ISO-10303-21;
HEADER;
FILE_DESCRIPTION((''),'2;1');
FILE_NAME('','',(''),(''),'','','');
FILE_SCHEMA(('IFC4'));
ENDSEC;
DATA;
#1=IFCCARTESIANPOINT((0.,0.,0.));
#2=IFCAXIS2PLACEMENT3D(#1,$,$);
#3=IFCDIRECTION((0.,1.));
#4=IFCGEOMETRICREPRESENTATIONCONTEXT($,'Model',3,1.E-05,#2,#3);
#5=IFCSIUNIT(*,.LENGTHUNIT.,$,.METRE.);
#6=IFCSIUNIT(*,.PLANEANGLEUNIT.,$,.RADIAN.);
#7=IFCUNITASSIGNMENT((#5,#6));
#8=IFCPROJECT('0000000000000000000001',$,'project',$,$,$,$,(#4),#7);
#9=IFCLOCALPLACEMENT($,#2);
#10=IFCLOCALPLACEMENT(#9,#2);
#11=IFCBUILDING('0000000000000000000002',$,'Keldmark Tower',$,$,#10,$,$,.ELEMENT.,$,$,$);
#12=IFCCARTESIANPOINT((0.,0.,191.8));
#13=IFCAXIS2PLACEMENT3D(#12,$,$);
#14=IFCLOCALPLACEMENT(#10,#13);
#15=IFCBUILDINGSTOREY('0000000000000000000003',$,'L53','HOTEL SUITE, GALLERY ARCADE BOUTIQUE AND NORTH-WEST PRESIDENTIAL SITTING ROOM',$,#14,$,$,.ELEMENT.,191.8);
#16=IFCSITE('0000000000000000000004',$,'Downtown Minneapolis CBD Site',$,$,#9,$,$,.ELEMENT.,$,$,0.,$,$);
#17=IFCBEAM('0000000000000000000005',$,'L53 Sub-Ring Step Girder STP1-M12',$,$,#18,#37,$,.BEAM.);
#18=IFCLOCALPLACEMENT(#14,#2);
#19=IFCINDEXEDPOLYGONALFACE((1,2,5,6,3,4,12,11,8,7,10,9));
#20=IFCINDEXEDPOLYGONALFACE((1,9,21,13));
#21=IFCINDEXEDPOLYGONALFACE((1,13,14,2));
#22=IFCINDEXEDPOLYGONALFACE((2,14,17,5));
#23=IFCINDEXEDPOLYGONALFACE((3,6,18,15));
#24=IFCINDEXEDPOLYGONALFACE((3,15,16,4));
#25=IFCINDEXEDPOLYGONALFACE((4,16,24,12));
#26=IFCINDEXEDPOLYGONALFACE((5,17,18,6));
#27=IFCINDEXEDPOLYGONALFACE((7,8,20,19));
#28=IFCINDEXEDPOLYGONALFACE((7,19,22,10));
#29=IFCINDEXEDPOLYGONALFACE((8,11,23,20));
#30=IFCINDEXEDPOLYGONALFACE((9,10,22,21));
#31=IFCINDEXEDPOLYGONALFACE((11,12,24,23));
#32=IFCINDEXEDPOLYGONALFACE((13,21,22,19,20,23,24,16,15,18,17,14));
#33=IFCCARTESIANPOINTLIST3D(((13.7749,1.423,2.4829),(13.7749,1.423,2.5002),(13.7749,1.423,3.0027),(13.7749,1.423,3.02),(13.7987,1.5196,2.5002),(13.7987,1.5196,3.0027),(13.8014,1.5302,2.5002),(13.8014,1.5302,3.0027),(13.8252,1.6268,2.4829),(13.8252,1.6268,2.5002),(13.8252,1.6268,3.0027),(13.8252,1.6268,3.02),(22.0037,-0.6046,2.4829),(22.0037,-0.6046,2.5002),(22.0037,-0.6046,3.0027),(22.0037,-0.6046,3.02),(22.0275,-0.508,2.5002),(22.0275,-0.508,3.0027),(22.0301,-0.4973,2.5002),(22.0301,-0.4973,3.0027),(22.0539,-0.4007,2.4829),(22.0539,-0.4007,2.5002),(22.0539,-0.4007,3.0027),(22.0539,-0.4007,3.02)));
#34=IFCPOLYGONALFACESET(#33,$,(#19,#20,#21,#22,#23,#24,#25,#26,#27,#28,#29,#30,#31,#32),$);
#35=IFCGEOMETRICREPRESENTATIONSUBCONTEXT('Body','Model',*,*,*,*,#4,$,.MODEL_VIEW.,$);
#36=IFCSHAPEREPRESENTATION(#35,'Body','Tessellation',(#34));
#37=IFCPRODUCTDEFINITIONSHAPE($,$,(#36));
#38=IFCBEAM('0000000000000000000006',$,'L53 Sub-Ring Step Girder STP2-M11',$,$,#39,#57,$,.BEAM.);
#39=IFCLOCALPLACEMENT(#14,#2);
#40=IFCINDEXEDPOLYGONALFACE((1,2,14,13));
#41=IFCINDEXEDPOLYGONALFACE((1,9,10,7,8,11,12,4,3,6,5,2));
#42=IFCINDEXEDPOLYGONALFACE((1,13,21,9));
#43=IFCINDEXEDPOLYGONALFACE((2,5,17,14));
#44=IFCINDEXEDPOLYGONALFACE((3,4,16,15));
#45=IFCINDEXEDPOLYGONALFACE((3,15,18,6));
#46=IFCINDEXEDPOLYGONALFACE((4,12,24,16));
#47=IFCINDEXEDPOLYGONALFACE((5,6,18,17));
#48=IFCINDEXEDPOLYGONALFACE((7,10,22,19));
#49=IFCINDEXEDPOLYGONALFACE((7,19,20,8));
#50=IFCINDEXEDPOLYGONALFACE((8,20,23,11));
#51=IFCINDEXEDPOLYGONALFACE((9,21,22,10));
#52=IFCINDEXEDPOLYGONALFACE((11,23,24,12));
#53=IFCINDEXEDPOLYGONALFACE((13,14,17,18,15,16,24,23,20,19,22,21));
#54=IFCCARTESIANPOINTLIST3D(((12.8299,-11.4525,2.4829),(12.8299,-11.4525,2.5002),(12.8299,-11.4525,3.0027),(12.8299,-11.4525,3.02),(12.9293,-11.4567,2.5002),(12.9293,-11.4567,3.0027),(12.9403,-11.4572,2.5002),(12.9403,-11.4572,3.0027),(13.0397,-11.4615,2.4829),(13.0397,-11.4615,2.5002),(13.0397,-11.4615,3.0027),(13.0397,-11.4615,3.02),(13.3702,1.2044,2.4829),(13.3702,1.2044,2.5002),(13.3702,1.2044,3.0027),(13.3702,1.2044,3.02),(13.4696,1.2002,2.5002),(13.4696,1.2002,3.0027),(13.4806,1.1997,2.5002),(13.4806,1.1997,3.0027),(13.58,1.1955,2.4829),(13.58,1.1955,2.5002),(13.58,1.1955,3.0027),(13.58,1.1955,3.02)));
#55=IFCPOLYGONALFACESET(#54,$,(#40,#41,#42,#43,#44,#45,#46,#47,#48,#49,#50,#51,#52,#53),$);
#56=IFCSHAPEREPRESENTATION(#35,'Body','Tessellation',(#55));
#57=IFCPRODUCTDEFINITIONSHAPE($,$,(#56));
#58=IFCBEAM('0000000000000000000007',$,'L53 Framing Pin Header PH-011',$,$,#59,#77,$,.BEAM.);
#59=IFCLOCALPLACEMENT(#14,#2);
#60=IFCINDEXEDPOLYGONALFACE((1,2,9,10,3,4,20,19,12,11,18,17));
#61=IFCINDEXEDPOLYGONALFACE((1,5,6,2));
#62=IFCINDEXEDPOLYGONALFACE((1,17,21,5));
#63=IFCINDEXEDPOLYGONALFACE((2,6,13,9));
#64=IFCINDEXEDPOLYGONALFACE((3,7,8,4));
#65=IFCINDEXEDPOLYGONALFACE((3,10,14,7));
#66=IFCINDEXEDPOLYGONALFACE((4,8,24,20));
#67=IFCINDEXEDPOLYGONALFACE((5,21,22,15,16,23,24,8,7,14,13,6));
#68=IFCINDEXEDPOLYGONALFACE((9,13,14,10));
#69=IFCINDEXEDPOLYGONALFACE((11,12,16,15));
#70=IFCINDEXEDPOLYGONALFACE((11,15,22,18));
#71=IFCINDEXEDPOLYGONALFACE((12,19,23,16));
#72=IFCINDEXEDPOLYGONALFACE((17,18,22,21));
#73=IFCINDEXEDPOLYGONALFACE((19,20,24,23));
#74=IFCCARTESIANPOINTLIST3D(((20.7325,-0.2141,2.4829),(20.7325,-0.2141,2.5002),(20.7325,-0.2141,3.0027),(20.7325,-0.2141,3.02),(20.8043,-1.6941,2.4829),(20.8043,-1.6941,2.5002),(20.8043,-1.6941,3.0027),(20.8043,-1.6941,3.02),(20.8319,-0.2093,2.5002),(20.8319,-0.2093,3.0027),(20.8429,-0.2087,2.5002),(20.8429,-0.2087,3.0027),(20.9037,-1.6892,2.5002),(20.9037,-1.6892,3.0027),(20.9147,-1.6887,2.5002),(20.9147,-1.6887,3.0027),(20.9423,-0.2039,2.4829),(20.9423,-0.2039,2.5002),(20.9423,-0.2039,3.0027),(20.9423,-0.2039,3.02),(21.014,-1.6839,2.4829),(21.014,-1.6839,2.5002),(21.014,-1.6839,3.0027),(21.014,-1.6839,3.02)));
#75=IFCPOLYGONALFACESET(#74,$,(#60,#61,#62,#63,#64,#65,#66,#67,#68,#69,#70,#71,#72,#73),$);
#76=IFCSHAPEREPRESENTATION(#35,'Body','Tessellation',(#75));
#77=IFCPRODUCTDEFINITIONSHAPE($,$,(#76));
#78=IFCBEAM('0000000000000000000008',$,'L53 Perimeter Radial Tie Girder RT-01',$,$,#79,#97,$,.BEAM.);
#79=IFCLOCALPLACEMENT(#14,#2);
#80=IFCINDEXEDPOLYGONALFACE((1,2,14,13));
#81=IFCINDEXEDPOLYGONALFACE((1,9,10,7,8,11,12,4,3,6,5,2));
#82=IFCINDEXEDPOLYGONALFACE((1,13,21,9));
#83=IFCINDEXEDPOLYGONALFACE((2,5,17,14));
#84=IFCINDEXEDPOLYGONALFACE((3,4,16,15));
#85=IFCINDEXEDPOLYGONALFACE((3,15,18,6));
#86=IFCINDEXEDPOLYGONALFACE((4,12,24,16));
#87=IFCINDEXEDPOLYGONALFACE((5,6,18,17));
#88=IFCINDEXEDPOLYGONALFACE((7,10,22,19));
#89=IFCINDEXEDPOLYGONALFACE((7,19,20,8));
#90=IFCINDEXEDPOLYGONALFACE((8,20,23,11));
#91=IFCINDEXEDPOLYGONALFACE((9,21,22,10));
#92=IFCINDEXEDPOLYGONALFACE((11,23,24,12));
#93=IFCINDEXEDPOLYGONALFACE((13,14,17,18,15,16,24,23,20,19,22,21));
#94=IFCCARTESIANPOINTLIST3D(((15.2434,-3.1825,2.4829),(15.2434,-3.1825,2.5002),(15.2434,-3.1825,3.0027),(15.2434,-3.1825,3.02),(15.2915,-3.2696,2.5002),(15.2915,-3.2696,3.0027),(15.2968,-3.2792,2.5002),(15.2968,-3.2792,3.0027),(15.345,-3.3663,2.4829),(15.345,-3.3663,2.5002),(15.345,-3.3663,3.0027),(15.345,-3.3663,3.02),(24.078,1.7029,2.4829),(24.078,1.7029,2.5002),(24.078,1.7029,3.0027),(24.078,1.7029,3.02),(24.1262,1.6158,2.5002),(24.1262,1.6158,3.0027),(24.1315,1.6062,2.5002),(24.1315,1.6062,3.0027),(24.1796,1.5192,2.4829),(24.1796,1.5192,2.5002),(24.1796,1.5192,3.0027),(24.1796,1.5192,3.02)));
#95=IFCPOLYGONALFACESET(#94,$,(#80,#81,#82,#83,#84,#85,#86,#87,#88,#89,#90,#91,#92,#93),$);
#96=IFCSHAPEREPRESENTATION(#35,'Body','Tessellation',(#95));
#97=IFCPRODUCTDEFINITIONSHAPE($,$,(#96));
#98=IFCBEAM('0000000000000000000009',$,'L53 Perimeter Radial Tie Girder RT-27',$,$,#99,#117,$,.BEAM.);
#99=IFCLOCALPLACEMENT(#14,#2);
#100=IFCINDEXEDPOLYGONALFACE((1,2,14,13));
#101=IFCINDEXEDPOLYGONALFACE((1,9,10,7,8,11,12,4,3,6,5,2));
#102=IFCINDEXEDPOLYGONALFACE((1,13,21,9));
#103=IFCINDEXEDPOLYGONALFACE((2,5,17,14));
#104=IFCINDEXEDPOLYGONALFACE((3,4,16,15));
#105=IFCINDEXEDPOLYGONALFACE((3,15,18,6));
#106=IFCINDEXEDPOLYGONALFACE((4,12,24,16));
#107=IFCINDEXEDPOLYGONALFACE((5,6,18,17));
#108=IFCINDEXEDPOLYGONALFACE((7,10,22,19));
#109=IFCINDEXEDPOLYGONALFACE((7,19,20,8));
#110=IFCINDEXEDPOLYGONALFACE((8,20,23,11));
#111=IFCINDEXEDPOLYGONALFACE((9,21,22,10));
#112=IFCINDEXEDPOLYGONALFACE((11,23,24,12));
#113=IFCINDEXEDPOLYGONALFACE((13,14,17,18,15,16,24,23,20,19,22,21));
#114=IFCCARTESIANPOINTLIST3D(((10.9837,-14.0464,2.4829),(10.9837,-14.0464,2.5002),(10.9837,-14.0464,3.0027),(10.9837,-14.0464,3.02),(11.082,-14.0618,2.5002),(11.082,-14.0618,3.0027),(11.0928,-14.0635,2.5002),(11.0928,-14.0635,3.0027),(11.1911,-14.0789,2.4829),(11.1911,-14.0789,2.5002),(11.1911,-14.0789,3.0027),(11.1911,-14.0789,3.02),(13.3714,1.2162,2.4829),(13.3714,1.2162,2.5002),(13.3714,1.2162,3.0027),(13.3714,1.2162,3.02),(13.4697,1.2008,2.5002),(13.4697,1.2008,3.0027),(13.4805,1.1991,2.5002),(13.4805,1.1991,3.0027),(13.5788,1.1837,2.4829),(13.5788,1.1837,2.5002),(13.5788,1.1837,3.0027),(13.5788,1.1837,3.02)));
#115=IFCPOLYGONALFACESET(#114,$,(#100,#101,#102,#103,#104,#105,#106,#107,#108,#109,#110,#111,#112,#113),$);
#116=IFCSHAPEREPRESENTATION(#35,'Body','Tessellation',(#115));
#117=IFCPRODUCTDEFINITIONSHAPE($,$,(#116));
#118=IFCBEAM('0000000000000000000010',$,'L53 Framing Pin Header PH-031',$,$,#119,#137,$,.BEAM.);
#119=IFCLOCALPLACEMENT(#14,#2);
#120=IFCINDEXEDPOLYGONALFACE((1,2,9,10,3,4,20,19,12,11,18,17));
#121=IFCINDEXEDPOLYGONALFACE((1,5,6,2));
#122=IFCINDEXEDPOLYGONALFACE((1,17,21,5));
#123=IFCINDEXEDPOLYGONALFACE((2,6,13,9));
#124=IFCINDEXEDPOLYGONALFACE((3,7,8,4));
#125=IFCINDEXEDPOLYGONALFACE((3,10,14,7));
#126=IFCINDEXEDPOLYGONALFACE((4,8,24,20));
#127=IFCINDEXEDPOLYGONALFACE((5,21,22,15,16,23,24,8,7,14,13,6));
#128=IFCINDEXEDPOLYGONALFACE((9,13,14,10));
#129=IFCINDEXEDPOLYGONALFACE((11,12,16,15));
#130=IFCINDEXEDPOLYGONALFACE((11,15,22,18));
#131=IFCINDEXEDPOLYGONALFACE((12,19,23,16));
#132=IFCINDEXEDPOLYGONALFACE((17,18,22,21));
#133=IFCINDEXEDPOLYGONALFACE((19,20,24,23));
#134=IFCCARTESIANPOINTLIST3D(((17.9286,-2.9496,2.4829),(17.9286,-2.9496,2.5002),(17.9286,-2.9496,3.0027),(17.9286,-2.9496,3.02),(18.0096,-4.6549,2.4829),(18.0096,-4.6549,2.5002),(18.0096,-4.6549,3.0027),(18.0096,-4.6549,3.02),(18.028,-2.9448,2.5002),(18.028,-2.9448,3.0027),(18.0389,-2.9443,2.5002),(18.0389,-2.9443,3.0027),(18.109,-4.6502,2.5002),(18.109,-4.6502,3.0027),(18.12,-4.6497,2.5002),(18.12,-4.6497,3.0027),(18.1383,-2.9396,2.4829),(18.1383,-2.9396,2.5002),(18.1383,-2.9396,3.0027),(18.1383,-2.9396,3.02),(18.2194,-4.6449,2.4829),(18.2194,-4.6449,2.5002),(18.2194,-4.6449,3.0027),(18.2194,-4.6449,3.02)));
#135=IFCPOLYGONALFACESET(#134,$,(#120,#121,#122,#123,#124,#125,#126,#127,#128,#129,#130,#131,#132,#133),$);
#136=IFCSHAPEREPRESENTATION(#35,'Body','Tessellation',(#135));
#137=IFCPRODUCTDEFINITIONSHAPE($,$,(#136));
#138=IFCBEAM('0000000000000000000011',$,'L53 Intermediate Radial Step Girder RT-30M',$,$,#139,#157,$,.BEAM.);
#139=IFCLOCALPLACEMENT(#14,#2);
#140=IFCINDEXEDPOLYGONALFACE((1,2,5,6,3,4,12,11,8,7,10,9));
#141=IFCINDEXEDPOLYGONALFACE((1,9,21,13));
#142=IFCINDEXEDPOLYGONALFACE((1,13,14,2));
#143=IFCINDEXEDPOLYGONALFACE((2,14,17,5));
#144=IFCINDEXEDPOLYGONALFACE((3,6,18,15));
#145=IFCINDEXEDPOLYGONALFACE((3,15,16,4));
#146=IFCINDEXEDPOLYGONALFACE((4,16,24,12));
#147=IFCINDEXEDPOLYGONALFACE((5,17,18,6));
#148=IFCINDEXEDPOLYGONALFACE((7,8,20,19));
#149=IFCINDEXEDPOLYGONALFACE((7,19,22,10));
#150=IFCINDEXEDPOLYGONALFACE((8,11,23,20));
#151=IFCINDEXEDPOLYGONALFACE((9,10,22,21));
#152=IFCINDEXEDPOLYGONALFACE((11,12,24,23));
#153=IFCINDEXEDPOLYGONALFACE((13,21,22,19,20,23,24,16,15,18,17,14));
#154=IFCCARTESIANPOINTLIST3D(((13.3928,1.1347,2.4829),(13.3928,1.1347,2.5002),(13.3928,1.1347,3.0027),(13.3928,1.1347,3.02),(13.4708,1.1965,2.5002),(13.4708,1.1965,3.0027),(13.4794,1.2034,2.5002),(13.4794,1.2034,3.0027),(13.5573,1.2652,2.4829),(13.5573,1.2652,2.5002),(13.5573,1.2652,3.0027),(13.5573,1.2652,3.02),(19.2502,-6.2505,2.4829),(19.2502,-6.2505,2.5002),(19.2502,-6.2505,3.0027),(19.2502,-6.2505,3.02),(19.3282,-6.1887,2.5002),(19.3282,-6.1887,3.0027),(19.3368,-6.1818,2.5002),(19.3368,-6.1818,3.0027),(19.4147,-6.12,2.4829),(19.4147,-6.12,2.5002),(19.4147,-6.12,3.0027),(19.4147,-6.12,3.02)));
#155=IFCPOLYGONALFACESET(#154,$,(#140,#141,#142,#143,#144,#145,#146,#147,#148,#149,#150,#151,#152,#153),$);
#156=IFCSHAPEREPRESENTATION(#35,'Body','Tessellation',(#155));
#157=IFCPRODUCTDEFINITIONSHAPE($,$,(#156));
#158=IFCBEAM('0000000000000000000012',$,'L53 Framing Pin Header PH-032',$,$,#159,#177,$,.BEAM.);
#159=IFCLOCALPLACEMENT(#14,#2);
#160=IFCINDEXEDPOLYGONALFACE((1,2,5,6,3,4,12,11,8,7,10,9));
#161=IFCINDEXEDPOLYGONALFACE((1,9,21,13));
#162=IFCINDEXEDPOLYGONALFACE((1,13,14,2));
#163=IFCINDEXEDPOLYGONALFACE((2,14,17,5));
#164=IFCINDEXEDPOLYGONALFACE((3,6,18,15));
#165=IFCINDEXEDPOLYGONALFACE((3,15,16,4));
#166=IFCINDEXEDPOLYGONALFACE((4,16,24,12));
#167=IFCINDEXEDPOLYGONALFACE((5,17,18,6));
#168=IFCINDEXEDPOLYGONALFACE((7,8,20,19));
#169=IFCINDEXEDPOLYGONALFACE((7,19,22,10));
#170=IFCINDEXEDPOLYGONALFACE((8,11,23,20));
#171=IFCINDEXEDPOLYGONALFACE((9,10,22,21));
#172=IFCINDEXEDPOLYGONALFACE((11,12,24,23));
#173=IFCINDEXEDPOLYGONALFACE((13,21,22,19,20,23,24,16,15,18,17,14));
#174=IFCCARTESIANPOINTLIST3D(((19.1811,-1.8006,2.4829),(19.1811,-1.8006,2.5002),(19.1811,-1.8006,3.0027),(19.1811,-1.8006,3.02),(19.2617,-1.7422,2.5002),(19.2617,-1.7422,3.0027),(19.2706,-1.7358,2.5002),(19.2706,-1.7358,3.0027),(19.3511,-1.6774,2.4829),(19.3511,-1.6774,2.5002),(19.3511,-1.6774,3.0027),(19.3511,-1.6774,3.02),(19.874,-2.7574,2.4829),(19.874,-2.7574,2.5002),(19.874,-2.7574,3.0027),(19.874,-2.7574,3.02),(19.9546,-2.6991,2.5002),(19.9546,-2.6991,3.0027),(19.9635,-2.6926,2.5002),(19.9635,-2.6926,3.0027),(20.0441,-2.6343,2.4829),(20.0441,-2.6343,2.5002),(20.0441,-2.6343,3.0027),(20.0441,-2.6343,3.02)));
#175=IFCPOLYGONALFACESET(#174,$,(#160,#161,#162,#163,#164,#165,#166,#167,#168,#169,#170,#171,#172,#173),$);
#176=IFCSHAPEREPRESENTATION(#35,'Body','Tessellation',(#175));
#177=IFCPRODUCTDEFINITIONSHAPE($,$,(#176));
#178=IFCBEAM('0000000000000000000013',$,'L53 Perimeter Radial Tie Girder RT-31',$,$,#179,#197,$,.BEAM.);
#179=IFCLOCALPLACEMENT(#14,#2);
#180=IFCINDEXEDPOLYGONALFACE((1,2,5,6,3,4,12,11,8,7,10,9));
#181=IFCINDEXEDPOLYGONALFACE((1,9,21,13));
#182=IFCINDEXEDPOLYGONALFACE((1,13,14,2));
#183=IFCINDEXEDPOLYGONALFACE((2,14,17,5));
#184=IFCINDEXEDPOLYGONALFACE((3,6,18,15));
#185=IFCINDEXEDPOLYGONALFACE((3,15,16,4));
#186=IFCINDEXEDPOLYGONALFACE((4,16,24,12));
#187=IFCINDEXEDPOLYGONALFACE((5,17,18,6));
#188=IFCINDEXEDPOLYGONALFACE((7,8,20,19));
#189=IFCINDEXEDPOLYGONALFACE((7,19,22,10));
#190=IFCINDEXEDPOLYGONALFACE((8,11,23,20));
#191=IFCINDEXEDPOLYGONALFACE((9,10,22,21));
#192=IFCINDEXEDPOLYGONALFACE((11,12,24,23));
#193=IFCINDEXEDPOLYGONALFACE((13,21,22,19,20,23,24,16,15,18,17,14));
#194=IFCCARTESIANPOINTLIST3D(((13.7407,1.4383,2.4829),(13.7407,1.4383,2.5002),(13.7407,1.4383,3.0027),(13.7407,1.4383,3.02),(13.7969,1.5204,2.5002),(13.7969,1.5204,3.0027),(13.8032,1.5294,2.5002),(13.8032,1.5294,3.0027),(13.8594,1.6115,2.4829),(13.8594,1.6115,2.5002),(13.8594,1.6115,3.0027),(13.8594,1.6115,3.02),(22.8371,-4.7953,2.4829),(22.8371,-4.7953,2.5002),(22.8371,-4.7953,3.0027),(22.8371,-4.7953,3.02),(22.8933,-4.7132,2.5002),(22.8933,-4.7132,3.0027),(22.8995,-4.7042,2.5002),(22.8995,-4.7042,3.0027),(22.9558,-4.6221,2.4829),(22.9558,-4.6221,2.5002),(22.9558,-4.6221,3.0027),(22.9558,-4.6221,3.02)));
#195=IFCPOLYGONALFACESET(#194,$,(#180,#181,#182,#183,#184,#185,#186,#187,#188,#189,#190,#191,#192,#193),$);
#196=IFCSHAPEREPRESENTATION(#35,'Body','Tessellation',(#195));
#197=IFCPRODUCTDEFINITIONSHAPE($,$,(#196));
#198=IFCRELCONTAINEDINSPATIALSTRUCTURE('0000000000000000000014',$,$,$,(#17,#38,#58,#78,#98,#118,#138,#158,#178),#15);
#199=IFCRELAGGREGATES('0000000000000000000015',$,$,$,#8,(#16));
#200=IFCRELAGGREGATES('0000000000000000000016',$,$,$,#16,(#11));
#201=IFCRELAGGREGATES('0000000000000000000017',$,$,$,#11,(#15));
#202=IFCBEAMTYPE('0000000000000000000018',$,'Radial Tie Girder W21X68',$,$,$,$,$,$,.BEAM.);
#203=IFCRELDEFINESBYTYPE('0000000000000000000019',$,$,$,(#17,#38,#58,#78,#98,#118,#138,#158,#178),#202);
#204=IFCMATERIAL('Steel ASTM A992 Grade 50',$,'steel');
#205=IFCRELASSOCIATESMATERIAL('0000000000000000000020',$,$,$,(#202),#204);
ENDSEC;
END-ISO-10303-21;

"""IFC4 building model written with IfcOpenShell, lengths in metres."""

from ifc_helpers import new_model, si_unit, direction, frame, origin, origin_2d, place, context, subcontext, project, spatial, i_section, extrude, material, material_profile, profile_set, type_object, element, save


model = new_model("IFC4")

# Units and contexts
model_context = context("Model", 3, precision=1e-05, world=origin(), true_north=direction((0.0, 1.0)))
body_context = subcontext(model_context, "Body", "Model", "MODEL_VIEW")
ifc_project = project(units=[si_unit("LENGTHUNIT", "METRE"), si_unit("PLANEANGLEUNIT", "RADIAN")], contexts=[model_context])

# Site, building, storey
site_placement = place(None, origin())
site = spatial("IfcSite", under=ifc_project, at=site_placement, Name="Downtown Minneapolis CBD Site", CompositionType="ELEMENT", RefElevation=0.0)
building_placement = place(site_placement, origin())
building = spatial("IfcBuilding", under=site, at=building_placement, Name="Keldmark Tower", CompositionType="ELEMENT")
storey_placement = place(building_placement, frame((0.0, 0.0, 191.8)))
storey = spatial("IfcBuildingStorey", under=building, at=storey_placement, Name="L53", Description="HOTEL SUITE, GALLERY ARCADE BOUTIQUE AND NORTH-WEST PRESIDENTIAL SITTING ROOM", CompositionType="ELEMENT", Elevation=191.8)

# Beams
ifc_material_1 = material(Name="Steel ASTM A992 Grade 50", Category="steel")
ifc_material_profile_1 = material_profile(ifc_material_1, i_section(OverallWidth=0.21, OverallDepth=0.5371, WebThickness=0.011, FlangeThickness=0.0173, at=origin_2d()), Name="W21X68")
ifc_profile_set_1 = profile_set([ifc_material_profile_1], Name="Steel ASTM A992 Grade 50")
beam_type_1 = type_object("IfcBeamType", Name="Radial Tie Girder W21X68", PredefinedType="BEAM", material=ifc_profile_set_1)
beam_1_placement = place(storey_placement, frame((13.8, 1.5249, 2.7515), z_axis=(0.970959, -0.239247, 0.0), x_axis=(0.239247, 0.970959, 0.0)))
element("IfcBeam", 1, at=beam_1_placement, inside=storey, type_object=beam_type_1, Name="L53 Sub-Ring Step Girder STP1-M12", PredefinedType="BEAM", context=body_context, shape_type="SweptSolid", body=[
    extrude(i_section(OverallWidth=0.21, OverallDepth=0.5371, WebThickness=0.011, FlangeThickness=0.0173, at=origin_2d()), origin(), (0.0, 0.0, 1.0), 8.4749),
])
beam_2_placement = place(storey_placement, frame((13.4751, 1.2, 2.7515), z_axis=(-0.042648, -0.99909, 0.0), x_axis=(0.99909, -0.042648, 0.0)))
element("IfcBeam", 2, at=beam_2_placement, inside=storey, type_object=beam_type_1, Name="L53 Sub-Ring Step Girder STP2-M11", PredefinedType="BEAM", context=body_context, shape_type="SweptSolid", body=[
    extrude(i_section(OverallWidth=0.21, OverallDepth=0.5371, WebThickness=0.011, FlangeThickness=0.0173, at=origin_2d()), origin(), (0.0, 0.0, 1.0), 12.6685),
])
beam_3_placement = place(storey_placement, frame((20.9092, -1.689, 2.7515), z_axis=(-0.048442, 0.998826, 0.0), x_axis=(-0.998826, -0.048442, 0.0)))
element("IfcBeam", 3, at=beam_3_placement, inside=storey, type_object=beam_type_1, Name="L53 Framing Pin Header PH-011", PredefinedType="BEAM", context=body_context, shape_type="SweptSolid", body=[
    extrude(i_section(OverallWidth=0.21, OverallDepth=0.5371, WebThickness=0.011, FlangeThickness=0.0173, at=origin_2d()), origin(), (0.0, 0.0, 1.0), 1.4817),
])
beam_4_placement = place(storey_placement, frame((15.2942, -3.2744, 2.7515), z_axis=(0.875109, 0.483925, 0.0), x_axis=(-0.483925, 0.875109, 0.0)))
element("IfcBeam", 4, at=beam_4_placement, inside=storey, type_object=beam_type_1, Name="L53 Perimeter Radial Tie Girder RT-01", PredefinedType="BEAM", context=body_context, shape_type="SweptSolid", body=[
    extrude(i_section(OverallWidth=0.21, OverallDepth=0.5371, WebThickness=0.011, FlangeThickness=0.0173, at=origin_2d()), origin(), (0.0, 0.0, 1.0), 10.0955),
])
beam_5_placement = place(storey_placement, frame((13.4751, 1.2, 2.7515), z_axis=(-0.15456, -0.987983, 0.0), x_axis=(0.987983, -0.15456, 0.0)))
element("IfcBeam", 5, at=beam_5_placement, inside=storey, type_object=beam_type_1, Name="L53 Perimeter Radial Tie Girder RT-27", PredefinedType="BEAM", context=body_context, shape_type="SweptSolid", body=[
    extrude(i_section(OverallWidth=0.21, OverallDepth=0.5371, WebThickness=0.011, FlangeThickness=0.0173, at=origin_2d()), origin(), (0.0, 0.0, 1.0), 15.4482),
])
beam_6_placement = place(storey_placement, frame((18.0334, -2.9446, 2.7515), z_axis=(0.047477, -0.998872, 0.0), x_axis=(0.998872, 0.047477, 0.0)))
element("IfcBeam", 6, at=beam_6_placement, inside=storey, type_object=beam_type_1, Name="L53 Framing Pin Header PH-031", PredefinedType="BEAM", context=body_context, shape_type="SweptSolid", body=[
    extrude(i_section(OverallWidth=0.21, OverallDepth=0.5371, WebThickness=0.011, FlangeThickness=0.0173, at=origin_2d()), origin(), (0.0, 0.0, 1.0), 1.7073),
])
beam_7_placement = place(storey_placement, frame((13.4751, 1.2, 2.7515), z_axis=(0.621405, -0.78349, 0.0), x_axis=(0.78349, 0.621405, 0.0)))
element("IfcBeam", 7, at=beam_7_placement, inside=storey, type_object=beam_type_1, Name="L53 Intermediate Radial Step Girder RT-30M", PredefinedType="BEAM", context=body_context, shape_type="SweptSolid", body=[
    extrude(i_section(OverallWidth=0.21, OverallDepth=0.5371, WebThickness=0.011, FlangeThickness=0.0173, at=origin_2d()), origin(), (0.0, 0.0, 1.0), 9.426),
])
beam_8_placement = place(storey_placement, frame((19.2661, -1.739, 2.7515), z_axis=(0.586524, -0.809932, 0.0), x_axis=(0.809932, 0.586524, 0.0)))
element("IfcBeam", 8, at=beam_8_placement, inside=storey, type_object=beam_type_1, Name="L53 Framing Pin Header PH-032", PredefinedType="BEAM", context=body_context, shape_type="SweptSolid", body=[
    extrude(i_section(OverallWidth=0.21, OverallDepth=0.5371, WebThickness=0.011, FlangeThickness=0.0173, at=origin_2d()), origin(), (0.0, 0.0, 1.0), 1.1814),
])
beam_9_placement = place(storey_placement, frame((13.8, 1.5249, 2.7515), z_axis=(0.824894, -0.565287, 0.0), x_axis=(0.565287, 0.824894, 0.0)))
element("IfcBeam", 9, at=beam_9_placement, inside=storey, type_object=beam_type_1, Name="L53 Perimeter Radial Tie Girder RT-31", PredefinedType="BEAM", context=body_context, shape_type="SweptSolid", body=[
    extrude(i_section(OverallWidth=0.21, OverallDepth=0.5371, WebThickness=0.011, FlangeThickness=0.0173, at=origin_2d()), origin(), (0.0, 0.0, 1.0), 11.0273),
])

save(model, "model.ifc")
